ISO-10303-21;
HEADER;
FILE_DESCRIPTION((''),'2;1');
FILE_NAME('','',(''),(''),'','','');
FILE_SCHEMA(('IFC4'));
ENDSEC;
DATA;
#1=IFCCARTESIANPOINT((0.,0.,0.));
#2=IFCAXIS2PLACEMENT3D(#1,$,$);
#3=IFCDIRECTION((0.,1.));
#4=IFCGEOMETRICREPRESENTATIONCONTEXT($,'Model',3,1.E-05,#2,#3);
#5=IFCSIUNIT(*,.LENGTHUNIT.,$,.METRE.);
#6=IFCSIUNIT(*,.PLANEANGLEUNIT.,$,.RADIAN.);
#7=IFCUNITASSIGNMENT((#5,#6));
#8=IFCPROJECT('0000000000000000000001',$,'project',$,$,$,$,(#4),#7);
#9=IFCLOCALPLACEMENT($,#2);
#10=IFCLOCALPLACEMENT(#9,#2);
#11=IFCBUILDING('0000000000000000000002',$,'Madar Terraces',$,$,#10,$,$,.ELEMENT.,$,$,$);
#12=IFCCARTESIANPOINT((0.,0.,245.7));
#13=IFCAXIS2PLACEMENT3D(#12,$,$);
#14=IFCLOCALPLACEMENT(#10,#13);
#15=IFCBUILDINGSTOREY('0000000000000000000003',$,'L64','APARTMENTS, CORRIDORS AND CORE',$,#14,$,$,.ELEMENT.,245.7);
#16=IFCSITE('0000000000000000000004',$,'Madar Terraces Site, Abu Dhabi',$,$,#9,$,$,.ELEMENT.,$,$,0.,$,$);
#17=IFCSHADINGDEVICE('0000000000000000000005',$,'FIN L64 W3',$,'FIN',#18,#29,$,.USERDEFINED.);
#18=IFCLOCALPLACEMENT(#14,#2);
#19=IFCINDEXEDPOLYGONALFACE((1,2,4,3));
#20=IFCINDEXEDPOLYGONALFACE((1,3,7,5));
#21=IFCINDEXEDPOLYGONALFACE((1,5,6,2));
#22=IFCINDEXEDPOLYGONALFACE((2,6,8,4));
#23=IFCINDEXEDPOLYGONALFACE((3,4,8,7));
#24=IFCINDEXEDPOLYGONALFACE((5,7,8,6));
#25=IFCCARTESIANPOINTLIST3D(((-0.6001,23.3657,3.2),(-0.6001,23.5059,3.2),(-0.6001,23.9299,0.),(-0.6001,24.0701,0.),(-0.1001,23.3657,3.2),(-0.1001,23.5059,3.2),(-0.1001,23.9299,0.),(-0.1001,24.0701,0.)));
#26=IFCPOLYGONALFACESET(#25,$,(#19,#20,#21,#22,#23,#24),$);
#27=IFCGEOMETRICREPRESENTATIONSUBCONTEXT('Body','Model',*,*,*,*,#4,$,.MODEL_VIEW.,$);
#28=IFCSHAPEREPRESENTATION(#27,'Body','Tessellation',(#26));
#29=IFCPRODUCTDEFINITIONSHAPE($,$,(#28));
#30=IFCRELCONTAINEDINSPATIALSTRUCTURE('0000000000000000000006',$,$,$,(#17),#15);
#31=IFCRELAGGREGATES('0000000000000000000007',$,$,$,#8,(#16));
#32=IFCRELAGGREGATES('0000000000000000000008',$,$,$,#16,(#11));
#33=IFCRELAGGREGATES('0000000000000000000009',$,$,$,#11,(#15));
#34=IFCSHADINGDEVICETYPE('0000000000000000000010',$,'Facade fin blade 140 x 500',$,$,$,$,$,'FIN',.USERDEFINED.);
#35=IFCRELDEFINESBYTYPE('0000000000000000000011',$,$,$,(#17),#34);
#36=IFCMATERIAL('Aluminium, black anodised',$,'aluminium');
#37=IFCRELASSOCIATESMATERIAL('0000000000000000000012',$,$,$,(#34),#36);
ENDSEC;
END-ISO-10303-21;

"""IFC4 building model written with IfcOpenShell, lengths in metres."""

from ifc_helpers import new_model, si_unit, direction, frame, origin, place, context, subcontext, project, spatial, polyline, outline, extrude, material, type_object, element, save


model = new_model("IFC4")

# Units and contexts
model_context = context("Model", 3, precision=1e-05, world=origin(), true_north=direction((0.0, 1.0)))
body_context = subcontext(model_context, "Body", "Model", "MODEL_VIEW")
ifc_project = project(units=[si_unit("LENGTHUNIT", "METRE"), si_unit("PLANEANGLEUNIT", "RADIAN")], contexts=[model_context])

# Site, building, storey
site_placement = place(None, origin())
site = spatial("IfcSite", under=ifc_project, at=site_placement, Name="Madar Terraces Site, Abu Dhabi", CompositionType="ELEMENT", RefElevation=0.0)
building_placement = place(site_placement, origin())
building = spatial("IfcBuilding", under=site, at=building_placement, Name="Madar Terraces", CompositionType="ELEMENT")
storey_placement = place(building_placement, frame((0.0, 0.0, 245.7)))
storey = spatial("IfcBuildingStorey", under=building, at=storey_placement, Name="L64", Description="APARTMENTS, CORRIDORS AND CORE", CompositionType="ELEMENT", Elevation=245.7)

# Shading device
ifc_material_1 = material(Name="Aluminium, black anodised", Category="aluminium")
shading_device_type = type_object("IfcShadingDeviceType", Name="Facade fin blade 140 x 500", ElementType="FIN", PredefinedType="USERDEFINED", material=ifc_material_1)
shading_device_1_placement = place(storey_placement, frame((-0.3501, 24.0701, 0.0), z_axis=(0.0, 0.0, 1.0), x_axis=(0.0, -1.0, 0.0)))
element("IfcShadingDevice", 1, at=shading_device_1_placement, inside=storey, type_object=shading_device_type, Name="FIN L64 W3", ObjectType="FIN", PredefinedType="USERDEFINED", context=body_context, shape_type="SweptSolid", body=[
    extrude(outline(polyline([(0.0, 0.0), (0.1401, 0.0), (0.7043, 3.2), (0.5642, 3.2), (0.0, 0.0)])), frame((0.0, 0.25, 0.0), z_axis=(0.0, -1.0, 0.0), x_axis=(1.0, 0.0, 0.0)), (0.0, 0.0, 1.0), 0.5),
])

save(model, "model.ifc")
